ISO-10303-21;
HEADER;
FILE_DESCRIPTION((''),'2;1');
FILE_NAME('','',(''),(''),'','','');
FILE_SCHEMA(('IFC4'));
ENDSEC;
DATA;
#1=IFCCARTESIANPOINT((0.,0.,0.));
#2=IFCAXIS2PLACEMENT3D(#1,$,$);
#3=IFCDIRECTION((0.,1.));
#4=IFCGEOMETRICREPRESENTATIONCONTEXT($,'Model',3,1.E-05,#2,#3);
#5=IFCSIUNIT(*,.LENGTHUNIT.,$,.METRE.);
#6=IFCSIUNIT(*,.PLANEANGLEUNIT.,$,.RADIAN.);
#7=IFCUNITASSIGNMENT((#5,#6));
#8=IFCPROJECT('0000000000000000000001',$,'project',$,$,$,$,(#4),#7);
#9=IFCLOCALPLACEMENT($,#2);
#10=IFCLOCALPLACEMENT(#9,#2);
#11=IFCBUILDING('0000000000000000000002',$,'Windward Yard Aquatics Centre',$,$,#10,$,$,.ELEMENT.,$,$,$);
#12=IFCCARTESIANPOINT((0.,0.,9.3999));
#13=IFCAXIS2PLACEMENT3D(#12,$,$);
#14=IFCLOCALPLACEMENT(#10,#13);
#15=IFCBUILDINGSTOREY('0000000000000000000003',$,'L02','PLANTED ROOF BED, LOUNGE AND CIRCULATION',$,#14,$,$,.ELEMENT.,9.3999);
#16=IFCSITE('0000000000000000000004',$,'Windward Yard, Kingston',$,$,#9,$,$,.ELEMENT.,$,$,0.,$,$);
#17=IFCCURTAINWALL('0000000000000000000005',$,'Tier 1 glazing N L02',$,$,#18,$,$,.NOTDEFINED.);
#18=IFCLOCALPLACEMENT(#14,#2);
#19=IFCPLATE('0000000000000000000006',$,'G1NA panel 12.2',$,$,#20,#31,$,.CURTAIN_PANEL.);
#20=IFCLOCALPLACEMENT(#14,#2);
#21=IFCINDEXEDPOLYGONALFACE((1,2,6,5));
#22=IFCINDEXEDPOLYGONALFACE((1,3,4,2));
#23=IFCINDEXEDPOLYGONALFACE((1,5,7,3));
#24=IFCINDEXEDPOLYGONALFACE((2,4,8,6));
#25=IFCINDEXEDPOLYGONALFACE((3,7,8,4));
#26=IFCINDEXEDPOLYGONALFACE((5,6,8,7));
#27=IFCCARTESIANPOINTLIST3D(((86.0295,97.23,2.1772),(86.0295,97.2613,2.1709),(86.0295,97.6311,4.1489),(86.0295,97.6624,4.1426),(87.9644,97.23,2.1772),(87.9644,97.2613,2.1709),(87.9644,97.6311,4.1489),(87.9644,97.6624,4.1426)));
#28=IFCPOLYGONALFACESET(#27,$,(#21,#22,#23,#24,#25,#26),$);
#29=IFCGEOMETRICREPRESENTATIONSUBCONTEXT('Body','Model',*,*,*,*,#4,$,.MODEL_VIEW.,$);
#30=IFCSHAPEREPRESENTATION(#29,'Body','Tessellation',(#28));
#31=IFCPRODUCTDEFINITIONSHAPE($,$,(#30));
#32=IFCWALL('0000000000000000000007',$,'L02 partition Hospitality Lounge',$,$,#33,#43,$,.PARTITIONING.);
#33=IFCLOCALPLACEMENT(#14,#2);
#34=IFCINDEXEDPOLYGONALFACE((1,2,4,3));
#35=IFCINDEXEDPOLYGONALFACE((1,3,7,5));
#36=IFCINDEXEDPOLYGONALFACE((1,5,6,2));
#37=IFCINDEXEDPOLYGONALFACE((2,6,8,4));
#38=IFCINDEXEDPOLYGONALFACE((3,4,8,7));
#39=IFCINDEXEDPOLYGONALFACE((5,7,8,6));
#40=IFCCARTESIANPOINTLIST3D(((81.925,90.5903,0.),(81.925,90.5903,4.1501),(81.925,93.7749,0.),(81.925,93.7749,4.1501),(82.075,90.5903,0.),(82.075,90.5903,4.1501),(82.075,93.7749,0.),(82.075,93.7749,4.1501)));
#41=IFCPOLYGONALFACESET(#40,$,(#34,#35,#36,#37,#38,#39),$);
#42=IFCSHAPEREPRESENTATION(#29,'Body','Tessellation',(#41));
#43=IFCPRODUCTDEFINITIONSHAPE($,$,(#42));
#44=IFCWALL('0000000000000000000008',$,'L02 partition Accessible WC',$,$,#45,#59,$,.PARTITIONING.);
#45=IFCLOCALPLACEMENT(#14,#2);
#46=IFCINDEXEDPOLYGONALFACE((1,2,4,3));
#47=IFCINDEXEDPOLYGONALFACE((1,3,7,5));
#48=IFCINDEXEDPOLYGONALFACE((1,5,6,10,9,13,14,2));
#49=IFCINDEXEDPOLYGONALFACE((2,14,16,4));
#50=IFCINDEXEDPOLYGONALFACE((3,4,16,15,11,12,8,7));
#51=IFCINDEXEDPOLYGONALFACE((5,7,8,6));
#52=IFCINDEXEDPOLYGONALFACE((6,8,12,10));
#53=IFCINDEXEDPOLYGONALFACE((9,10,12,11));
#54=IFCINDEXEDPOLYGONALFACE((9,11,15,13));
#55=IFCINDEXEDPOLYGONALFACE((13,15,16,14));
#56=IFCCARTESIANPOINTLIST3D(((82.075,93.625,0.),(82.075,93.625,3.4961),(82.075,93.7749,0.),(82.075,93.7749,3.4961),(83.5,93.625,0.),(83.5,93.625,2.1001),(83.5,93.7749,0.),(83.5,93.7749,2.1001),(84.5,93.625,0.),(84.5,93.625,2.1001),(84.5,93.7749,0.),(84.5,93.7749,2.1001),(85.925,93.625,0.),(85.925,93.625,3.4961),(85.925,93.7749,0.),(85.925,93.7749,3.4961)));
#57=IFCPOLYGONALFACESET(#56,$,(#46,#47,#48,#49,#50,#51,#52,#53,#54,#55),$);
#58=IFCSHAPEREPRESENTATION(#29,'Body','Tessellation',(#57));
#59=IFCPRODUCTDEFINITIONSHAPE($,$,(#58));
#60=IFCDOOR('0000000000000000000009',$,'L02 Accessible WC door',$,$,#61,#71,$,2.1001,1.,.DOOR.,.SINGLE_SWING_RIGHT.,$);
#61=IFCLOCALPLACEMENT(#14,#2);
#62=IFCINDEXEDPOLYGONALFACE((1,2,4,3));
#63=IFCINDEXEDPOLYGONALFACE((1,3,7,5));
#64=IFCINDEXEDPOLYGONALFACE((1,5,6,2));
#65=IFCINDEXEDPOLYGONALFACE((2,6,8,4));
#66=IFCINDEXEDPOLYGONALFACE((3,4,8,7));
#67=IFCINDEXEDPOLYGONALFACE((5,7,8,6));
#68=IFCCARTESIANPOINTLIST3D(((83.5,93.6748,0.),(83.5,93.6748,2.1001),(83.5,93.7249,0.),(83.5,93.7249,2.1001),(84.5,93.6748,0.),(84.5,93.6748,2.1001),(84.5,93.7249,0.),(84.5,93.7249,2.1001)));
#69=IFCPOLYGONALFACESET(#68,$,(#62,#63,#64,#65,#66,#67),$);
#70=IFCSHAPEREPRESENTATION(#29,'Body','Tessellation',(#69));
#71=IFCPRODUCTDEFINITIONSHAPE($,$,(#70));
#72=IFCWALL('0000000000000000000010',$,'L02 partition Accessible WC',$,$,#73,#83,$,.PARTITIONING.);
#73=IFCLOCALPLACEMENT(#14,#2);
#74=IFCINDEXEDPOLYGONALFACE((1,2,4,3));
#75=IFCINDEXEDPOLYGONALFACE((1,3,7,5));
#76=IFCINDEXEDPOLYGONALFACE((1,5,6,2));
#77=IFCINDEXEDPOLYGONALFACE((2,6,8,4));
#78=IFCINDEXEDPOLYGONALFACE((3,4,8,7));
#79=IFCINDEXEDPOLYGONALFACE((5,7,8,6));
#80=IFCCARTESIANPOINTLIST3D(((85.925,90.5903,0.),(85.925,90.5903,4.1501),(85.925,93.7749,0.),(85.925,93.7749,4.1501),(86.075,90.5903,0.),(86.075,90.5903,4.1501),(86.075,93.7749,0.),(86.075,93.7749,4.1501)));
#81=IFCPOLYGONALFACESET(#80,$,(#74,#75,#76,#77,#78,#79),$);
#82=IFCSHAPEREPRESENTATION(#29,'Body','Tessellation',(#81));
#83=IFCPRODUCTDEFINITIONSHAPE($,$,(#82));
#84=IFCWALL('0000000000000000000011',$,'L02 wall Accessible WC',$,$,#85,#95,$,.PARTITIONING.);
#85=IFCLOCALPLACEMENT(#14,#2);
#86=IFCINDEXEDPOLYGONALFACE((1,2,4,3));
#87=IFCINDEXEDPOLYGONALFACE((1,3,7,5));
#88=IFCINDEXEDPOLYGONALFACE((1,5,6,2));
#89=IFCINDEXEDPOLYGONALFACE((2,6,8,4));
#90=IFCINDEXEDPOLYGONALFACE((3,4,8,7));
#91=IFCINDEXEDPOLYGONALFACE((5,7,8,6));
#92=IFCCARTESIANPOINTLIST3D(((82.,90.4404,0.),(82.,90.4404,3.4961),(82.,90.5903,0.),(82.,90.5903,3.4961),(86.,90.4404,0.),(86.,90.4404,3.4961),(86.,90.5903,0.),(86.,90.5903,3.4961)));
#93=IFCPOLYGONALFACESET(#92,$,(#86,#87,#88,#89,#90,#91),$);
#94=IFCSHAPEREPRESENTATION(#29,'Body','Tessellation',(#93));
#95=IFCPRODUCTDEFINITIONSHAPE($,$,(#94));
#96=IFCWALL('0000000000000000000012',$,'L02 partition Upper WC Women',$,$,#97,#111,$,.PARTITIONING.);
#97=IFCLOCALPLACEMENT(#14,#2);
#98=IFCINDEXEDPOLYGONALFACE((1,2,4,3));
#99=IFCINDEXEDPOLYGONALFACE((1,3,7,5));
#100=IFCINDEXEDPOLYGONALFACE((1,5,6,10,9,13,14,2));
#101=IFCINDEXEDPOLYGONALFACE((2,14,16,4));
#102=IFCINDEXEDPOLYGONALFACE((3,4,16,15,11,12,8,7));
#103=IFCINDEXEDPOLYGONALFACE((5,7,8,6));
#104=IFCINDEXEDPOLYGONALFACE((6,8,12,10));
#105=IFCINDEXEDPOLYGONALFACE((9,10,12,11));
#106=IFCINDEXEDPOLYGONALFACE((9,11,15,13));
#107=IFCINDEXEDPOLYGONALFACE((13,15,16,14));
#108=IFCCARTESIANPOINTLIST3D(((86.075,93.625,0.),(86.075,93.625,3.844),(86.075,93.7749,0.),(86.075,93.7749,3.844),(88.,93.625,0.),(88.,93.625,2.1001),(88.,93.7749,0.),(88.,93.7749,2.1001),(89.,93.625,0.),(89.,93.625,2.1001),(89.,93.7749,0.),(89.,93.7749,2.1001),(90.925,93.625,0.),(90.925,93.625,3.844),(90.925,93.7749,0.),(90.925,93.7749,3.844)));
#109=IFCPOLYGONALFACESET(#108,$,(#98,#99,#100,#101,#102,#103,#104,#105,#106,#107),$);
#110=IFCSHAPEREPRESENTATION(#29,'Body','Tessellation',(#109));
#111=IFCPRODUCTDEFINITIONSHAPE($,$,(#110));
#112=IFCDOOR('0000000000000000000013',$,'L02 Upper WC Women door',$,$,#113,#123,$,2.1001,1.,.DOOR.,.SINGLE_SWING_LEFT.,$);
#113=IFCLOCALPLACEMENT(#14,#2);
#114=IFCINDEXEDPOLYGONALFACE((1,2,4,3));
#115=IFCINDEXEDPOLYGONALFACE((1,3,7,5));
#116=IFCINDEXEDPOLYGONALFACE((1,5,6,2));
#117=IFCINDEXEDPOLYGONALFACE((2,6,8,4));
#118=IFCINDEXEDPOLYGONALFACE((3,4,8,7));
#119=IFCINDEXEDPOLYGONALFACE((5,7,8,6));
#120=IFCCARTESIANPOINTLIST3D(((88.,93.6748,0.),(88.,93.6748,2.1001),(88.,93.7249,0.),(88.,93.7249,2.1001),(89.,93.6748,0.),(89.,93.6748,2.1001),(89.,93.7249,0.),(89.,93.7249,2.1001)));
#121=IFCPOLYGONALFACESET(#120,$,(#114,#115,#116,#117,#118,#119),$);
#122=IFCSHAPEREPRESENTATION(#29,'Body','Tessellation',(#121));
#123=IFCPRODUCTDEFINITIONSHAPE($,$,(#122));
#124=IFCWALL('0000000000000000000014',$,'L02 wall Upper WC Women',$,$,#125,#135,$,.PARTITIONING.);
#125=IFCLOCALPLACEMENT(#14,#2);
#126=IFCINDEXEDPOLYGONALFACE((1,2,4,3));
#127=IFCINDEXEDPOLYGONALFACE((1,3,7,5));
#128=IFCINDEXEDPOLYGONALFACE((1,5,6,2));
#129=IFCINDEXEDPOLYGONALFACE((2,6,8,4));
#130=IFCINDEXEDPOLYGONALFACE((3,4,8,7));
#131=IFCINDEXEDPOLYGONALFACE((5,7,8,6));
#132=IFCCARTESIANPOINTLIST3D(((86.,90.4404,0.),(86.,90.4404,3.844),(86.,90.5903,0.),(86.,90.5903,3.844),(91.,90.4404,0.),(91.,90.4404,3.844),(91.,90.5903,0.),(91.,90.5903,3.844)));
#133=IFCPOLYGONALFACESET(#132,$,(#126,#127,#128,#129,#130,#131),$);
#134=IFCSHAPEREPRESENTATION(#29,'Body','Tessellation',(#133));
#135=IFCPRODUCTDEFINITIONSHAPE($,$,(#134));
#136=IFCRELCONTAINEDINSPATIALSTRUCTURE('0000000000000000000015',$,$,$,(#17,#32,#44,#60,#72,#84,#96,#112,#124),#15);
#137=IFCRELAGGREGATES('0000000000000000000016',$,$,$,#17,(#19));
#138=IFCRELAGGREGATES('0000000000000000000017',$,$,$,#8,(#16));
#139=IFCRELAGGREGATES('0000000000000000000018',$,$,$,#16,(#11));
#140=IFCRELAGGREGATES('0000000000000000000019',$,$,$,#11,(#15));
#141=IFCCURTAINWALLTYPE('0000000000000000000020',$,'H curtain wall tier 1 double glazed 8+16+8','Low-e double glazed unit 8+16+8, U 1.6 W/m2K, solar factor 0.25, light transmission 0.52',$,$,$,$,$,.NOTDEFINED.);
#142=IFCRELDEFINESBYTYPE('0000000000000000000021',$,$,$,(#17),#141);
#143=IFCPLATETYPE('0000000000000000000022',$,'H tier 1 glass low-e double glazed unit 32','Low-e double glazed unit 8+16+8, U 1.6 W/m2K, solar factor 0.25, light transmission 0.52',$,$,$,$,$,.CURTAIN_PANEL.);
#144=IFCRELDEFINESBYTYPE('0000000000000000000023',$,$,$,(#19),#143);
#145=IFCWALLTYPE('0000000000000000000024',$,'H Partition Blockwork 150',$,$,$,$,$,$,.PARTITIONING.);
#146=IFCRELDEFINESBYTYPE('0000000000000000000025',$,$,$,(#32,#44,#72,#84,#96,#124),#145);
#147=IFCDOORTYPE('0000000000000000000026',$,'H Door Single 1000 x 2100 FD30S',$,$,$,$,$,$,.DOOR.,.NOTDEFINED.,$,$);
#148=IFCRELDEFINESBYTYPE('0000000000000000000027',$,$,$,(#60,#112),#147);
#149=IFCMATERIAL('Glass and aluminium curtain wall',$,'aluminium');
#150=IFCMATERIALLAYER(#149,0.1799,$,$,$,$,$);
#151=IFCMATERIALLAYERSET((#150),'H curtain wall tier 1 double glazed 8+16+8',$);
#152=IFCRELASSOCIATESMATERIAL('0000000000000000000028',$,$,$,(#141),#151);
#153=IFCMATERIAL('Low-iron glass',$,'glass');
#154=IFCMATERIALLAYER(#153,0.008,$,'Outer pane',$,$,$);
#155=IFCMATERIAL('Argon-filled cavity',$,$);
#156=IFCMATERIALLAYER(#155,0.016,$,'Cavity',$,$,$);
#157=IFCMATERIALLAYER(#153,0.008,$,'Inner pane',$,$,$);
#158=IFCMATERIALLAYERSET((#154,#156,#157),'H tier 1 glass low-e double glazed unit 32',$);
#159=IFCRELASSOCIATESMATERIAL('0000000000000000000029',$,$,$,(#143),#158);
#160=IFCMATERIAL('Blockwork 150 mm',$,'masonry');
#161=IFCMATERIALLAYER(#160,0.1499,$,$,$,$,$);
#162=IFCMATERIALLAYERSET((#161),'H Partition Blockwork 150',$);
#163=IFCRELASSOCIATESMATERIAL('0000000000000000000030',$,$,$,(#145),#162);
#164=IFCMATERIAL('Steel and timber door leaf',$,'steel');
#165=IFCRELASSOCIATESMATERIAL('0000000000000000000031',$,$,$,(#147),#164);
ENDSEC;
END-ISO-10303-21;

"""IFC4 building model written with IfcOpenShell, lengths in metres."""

from ifc_helpers import new_model, si_unit, direction, frame, frame_2d, origin, place, context, subcontext, project, spatial, polyline, rectangle, outline, extrude, material, layer, layer_set, type_object, element, fill, aggregate, save


model = new_model("IFC4")

# Units and contexts
model_context = context("Model", 3, precision=1e-05, world=origin(), true_north=direction((0.0, 1.0)))
body_context = subcontext(model_context, "Body", "Model", "MODEL_VIEW")
ifc_project = project(units=[si_unit("LENGTHUNIT", "METRE"), si_unit("PLANEANGLEUNIT", "RADIAN")], contexts=[model_context])

# Site, building, storey
site_placement = place(None, origin())
site = spatial("IfcSite", under=ifc_project, at=site_placement, Name="Windward Yard, Kingston", CompositionType="ELEMENT", RefElevation=0.0)
building_placement = place(site_placement, origin())
building = spatial("IfcBuilding", under=site, at=building_placement, Name="Windward Yard Aquatics Centre", CompositionType="ELEMENT")
storey_placement = place(building_placement, frame((0.0, 0.0, 9.3999)))
storey = spatial("IfcBuildingStorey", under=building, at=storey_placement, Name="L02", Description="PLANTED ROOF BED, LOUNGE AND CIRCULATION", CompositionType="ELEMENT", Elevation=9.3999)

# Curtain wall
ifc_material_1 = material(Name="Glass and aluminium curtain wall", Category="aluminium")
ifc_layer_1 = layer(ifc_material_1, 0.1799)
ifc_layer_set_1 = layer_set([ifc_layer_1], Name="H curtain wall tier 1 double glazed 8+16+8")
curtain_wall_type = type_object("IfcCurtainWallType", Name="H curtain wall tier 1 double glazed 8+16+8", Description="Low-e double glazed unit 8+16+8, U 1.6 W/m2K, solar factor 0.25, light transmission 0.52", PredefinedType="NOTDEFINED", material=ifc_layer_set_1)
curtain_wall_placement = place(storey_placement, origin())
curtain_wall = element("IfcCurtainWall", 1, at=curtain_wall_placement, inside=storey, type_object=curtain_wall_type, Name="Tier 1 glazing N L02", PredefinedType="NOTDEFINED")

# Plate
ifc_material_2 = material(Name="Low-iron glass", Category="glass")
ifc_layer_2 = layer(ifc_material_2, 0.008, Name="Outer pane")
ifc_material_3 = material(Name="Argon-filled cavity")
ifc_layer_3 = layer(ifc_material_3, 0.016, Name="Cavity")
ifc_layer_4 = layer(ifc_material_2, 0.008, Name="Inner pane")
ifc_layer_set_2 = layer_set([ifc_layer_2, ifc_layer_3, ifc_layer_4], Name="H tier 1 glass low-e double glazed unit 32")
plate_type = type_object("IfcPlateType", Name="H tier 1 glass low-e double glazed unit 32", Description="Low-e double glazed unit 8+16+8, U 1.6 W/m2K, solar factor 0.25, light transmission 0.52", PredefinedType="CURTAIN_PANEL", material=ifc_layer_set_2)
plate_1_placement = place(storey_placement, frame((86.0295, 97.23, 2.1772), z_axis=(0.0, -0.979927, 0.199359), x_axis=(1.0, 0.0, 0.0)))
plate_1 = element("IfcPlate", 2, at=plate_1_placement, type_object=plate_type, Name="G1NA panel 12.2", PredefinedType="CURTAIN_PANEL", context=body_context, shape_type="SweptSolid", body=[
    extrude(outline(polyline([(0.0, 0.0), (1.9348, 0.0), (1.9348, 2.0121), (0.0, 2.0121), (0.0, 0.0)])), origin(), (0.0, 0.0, -1.0), 0.032),
])
aggregate(curtain_wall, [plate_1])

# Wall
ifc_material_4 = material(Name="Blockwork 150 mm", Category="masonry")
ifc_layer_5 = layer(ifc_material_4, 0.1499)
ifc_layer_set_3 = layer_set([ifc_layer_5], Name="H Partition Blockwork 150")
wall_type = type_object("IfcWallType", Name="H Partition Blockwork 150", PredefinedType="PARTITIONING", material=ifc_layer_set_3)
wall_1_placement = place(storey_placement, frame((82.0, 90.5903, 0.0), z_axis=(0.0, 0.0, 1.0), x_axis=(0.0, 1.0, 0.0)))
element("IfcWall", 3, at=wall_1_placement, inside=storey, type_object=wall_type, Name="L02 partition Hospitality Lounge", PredefinedType="PARTITIONING", context=body_context, shape_type="SweptSolid", body=[
    extrude(rectangle(XDim=3.1846, YDim=0.1499, at=frame_2d((1.5923, 0.0))), origin(), (0.0, 0.0, 1.0), 4.1501),
])

# Wall, opening, door
wall_2_placement = place(storey_placement, frame((82.075, 93.7, 0.0), z_axis=(0.0, 0.0, 1.0), x_axis=(1.0, 0.0, 0.0)))
wall_2 = element("IfcWall", 4, at=wall_2_placement, inside=storey, type_object=wall_type, Name="L02 partition Accessible WC", PredefinedType="PARTITIONING", context=body_context, shape_type="SweptSolid", body=[
    extrude(rectangle(XDim=3.8501, YDim=0.1499, at=frame_2d((1.925, 0.0))), origin(), (0.0, 0.0, 1.0), 3.4961),
])
opening_1_placement = place(wall_2_placement, frame((1.425, 0.0, 0.0)))
opening_1 = element("IfcOpeningElement", 5, at=opening_1_placement, cuts=wall_2, PredefinedType="OPENING", context=body_context, shape_type="SweptSolid", body=[
    extrude(rectangle(XDim=1.0, YDim=2.1001, at=frame_2d((0.5, 1.05))), frame((0.0, 0.085, 0.0), z_axis=(0.0, -1.0, 0.0), x_axis=(1.0, 0.0, 0.0)), (0.0, 0.0, 1.0), 0.1699),
])
ifc_material_5 = material(Name="Steel and timber door leaf", Category="steel")
door_type = type_object("IfcDoorType", Name="H Door Single 1000 x 2100 FD30S", OperationType="NOTDEFINED", PredefinedType="DOOR", material=ifc_material_5)
door_1_placement = place(opening_1_placement, origin())
door_1 = element("IfcDoor", 6, at=door_1_placement, inside=storey, type_object=door_type, Name="L02 Accessible WC door", OperationType="SINGLE_SWING_RIGHT", OverallHeight=2.1001, OverallWidth=1.0, PredefinedType="DOOR", context=body_context, shape_type="SweptSolid", body=[
    extrude(rectangle(XDim=1.0, YDim=2.1001, at=frame_2d((0.5, 1.05))), frame((0.0, 0.0249, 0.0), z_axis=(0.0, -1.0, 0.0), x_axis=(1.0, 0.0, 0.0)), (0.0, 0.0, 1.0), 0.05),
])
fill(opening_1, door_1)

# Walls
wall_3_placement = place(storey_placement, frame((86.0, 90.5903, 0.0), z_axis=(0.0, 0.0, 1.0), x_axis=(0.0, 1.0, 0.0)))
element("IfcWall", 7, at=wall_3_placement, inside=storey, type_object=wall_type, Name="L02 partition Accessible WC", PredefinedType="PARTITIONING", context=body_context, shape_type="SweptSolid", body=[
    extrude(rectangle(XDim=3.1846, YDim=0.1499, at=frame_2d((1.5923, 0.0))), origin(), (0.0, 0.0, 1.0), 4.1501),
])
wall_4_placement = place(storey_placement, frame((82.0, 90.5154, 0.0), z_axis=(0.0, 0.0, 1.0), x_axis=(1.0, 0.0, 0.0)))
element("IfcWall", 8, at=wall_4_placement, inside=storey, type_object=wall_type, Name="L02 wall Accessible WC", PredefinedType="PARTITIONING", context=body_context, shape_type="SweptSolid", body=[
    extrude(rectangle(XDim=4.0, YDim=0.1499, at=frame_2d((2.0, 0.0))), origin(), (0.0, 0.0, 1.0), 3.4961),
])

# Wall, opening, door
wall_5_placement = place(storey_placement, frame((86.075, 93.7, 0.0), z_axis=(0.0, 0.0, 1.0), x_axis=(1.0, 0.0, 0.0)))
wall_5 = element("IfcWall", 9, at=wall_5_placement, inside=storey, type_object=wall_type, Name="L02 partition Upper WC Women", PredefinedType="PARTITIONING", context=body_context, shape_type="SweptSolid", body=[
    extrude(rectangle(XDim=4.8501, YDim=0.1499, at=frame_2d((2.425, 0.0))), origin(), (0.0, 0.0, 1.0), 3.844),
])
opening_2_placement = place(wall_5_placement, frame((1.925, 0.0, 0.0)))
opening_2 = element("IfcOpeningElement", 10, at=opening_2_placement, cuts=wall_5, PredefinedType="OPENING", context=body_context, shape_type="SweptSolid", body=[
    extrude(rectangle(XDim=1.0, YDim=2.1001, at=frame_2d((0.5, 1.05))), frame((0.0, 0.085, 0.0), z_axis=(0.0, -1.0, 0.0), x_axis=(1.0, 0.0, 0.0)), (0.0, 0.0, 1.0), 0.1699),
])
door_2_placement = place(opening_2_placement, origin())
door_2 = element("IfcDoor", 11, at=door_2_placement, inside=storey, type_object=door_type, Name="L02 Upper WC Women door", OperationType="SINGLE_SWING_LEFT", OverallHeight=2.1001, OverallWidth=1.0, PredefinedType="DOOR", context=body_context, shape_type="SweptSolid", body=[
    extrude(rectangle(XDim=1.0, YDim=2.1001, at=frame_2d((0.5, 1.05))), frame((0.0, 0.0249, 0.0), z_axis=(0.0, -1.0, 0.0), x_axis=(1.0, 0.0, 0.0)), (0.0, 0.0, 1.0), 0.05),
])
fill(opening_2, door_2)

# Wall
wall_6_placement = place(storey_placement, frame((86.0, 90.5154, 0.0), z_axis=(0.0, 0.0, 1.0), x_axis=(1.0, 0.0, 0.0)))
element("IfcWall", 12, at=wall_6_placement, inside=storey, type_object=wall_type, Name="L02 wall Upper WC Women", PredefinedType="PARTITIONING", context=body_context, shape_type="SweptSolid", body=[
    extrude(rectangle(XDim=5.0, YDim=0.1499, at=frame_2d((2.5, 0.0))), origin(), (0.0, 0.0, 1.0), 3.844),
])

save(model, "model.ifc")
